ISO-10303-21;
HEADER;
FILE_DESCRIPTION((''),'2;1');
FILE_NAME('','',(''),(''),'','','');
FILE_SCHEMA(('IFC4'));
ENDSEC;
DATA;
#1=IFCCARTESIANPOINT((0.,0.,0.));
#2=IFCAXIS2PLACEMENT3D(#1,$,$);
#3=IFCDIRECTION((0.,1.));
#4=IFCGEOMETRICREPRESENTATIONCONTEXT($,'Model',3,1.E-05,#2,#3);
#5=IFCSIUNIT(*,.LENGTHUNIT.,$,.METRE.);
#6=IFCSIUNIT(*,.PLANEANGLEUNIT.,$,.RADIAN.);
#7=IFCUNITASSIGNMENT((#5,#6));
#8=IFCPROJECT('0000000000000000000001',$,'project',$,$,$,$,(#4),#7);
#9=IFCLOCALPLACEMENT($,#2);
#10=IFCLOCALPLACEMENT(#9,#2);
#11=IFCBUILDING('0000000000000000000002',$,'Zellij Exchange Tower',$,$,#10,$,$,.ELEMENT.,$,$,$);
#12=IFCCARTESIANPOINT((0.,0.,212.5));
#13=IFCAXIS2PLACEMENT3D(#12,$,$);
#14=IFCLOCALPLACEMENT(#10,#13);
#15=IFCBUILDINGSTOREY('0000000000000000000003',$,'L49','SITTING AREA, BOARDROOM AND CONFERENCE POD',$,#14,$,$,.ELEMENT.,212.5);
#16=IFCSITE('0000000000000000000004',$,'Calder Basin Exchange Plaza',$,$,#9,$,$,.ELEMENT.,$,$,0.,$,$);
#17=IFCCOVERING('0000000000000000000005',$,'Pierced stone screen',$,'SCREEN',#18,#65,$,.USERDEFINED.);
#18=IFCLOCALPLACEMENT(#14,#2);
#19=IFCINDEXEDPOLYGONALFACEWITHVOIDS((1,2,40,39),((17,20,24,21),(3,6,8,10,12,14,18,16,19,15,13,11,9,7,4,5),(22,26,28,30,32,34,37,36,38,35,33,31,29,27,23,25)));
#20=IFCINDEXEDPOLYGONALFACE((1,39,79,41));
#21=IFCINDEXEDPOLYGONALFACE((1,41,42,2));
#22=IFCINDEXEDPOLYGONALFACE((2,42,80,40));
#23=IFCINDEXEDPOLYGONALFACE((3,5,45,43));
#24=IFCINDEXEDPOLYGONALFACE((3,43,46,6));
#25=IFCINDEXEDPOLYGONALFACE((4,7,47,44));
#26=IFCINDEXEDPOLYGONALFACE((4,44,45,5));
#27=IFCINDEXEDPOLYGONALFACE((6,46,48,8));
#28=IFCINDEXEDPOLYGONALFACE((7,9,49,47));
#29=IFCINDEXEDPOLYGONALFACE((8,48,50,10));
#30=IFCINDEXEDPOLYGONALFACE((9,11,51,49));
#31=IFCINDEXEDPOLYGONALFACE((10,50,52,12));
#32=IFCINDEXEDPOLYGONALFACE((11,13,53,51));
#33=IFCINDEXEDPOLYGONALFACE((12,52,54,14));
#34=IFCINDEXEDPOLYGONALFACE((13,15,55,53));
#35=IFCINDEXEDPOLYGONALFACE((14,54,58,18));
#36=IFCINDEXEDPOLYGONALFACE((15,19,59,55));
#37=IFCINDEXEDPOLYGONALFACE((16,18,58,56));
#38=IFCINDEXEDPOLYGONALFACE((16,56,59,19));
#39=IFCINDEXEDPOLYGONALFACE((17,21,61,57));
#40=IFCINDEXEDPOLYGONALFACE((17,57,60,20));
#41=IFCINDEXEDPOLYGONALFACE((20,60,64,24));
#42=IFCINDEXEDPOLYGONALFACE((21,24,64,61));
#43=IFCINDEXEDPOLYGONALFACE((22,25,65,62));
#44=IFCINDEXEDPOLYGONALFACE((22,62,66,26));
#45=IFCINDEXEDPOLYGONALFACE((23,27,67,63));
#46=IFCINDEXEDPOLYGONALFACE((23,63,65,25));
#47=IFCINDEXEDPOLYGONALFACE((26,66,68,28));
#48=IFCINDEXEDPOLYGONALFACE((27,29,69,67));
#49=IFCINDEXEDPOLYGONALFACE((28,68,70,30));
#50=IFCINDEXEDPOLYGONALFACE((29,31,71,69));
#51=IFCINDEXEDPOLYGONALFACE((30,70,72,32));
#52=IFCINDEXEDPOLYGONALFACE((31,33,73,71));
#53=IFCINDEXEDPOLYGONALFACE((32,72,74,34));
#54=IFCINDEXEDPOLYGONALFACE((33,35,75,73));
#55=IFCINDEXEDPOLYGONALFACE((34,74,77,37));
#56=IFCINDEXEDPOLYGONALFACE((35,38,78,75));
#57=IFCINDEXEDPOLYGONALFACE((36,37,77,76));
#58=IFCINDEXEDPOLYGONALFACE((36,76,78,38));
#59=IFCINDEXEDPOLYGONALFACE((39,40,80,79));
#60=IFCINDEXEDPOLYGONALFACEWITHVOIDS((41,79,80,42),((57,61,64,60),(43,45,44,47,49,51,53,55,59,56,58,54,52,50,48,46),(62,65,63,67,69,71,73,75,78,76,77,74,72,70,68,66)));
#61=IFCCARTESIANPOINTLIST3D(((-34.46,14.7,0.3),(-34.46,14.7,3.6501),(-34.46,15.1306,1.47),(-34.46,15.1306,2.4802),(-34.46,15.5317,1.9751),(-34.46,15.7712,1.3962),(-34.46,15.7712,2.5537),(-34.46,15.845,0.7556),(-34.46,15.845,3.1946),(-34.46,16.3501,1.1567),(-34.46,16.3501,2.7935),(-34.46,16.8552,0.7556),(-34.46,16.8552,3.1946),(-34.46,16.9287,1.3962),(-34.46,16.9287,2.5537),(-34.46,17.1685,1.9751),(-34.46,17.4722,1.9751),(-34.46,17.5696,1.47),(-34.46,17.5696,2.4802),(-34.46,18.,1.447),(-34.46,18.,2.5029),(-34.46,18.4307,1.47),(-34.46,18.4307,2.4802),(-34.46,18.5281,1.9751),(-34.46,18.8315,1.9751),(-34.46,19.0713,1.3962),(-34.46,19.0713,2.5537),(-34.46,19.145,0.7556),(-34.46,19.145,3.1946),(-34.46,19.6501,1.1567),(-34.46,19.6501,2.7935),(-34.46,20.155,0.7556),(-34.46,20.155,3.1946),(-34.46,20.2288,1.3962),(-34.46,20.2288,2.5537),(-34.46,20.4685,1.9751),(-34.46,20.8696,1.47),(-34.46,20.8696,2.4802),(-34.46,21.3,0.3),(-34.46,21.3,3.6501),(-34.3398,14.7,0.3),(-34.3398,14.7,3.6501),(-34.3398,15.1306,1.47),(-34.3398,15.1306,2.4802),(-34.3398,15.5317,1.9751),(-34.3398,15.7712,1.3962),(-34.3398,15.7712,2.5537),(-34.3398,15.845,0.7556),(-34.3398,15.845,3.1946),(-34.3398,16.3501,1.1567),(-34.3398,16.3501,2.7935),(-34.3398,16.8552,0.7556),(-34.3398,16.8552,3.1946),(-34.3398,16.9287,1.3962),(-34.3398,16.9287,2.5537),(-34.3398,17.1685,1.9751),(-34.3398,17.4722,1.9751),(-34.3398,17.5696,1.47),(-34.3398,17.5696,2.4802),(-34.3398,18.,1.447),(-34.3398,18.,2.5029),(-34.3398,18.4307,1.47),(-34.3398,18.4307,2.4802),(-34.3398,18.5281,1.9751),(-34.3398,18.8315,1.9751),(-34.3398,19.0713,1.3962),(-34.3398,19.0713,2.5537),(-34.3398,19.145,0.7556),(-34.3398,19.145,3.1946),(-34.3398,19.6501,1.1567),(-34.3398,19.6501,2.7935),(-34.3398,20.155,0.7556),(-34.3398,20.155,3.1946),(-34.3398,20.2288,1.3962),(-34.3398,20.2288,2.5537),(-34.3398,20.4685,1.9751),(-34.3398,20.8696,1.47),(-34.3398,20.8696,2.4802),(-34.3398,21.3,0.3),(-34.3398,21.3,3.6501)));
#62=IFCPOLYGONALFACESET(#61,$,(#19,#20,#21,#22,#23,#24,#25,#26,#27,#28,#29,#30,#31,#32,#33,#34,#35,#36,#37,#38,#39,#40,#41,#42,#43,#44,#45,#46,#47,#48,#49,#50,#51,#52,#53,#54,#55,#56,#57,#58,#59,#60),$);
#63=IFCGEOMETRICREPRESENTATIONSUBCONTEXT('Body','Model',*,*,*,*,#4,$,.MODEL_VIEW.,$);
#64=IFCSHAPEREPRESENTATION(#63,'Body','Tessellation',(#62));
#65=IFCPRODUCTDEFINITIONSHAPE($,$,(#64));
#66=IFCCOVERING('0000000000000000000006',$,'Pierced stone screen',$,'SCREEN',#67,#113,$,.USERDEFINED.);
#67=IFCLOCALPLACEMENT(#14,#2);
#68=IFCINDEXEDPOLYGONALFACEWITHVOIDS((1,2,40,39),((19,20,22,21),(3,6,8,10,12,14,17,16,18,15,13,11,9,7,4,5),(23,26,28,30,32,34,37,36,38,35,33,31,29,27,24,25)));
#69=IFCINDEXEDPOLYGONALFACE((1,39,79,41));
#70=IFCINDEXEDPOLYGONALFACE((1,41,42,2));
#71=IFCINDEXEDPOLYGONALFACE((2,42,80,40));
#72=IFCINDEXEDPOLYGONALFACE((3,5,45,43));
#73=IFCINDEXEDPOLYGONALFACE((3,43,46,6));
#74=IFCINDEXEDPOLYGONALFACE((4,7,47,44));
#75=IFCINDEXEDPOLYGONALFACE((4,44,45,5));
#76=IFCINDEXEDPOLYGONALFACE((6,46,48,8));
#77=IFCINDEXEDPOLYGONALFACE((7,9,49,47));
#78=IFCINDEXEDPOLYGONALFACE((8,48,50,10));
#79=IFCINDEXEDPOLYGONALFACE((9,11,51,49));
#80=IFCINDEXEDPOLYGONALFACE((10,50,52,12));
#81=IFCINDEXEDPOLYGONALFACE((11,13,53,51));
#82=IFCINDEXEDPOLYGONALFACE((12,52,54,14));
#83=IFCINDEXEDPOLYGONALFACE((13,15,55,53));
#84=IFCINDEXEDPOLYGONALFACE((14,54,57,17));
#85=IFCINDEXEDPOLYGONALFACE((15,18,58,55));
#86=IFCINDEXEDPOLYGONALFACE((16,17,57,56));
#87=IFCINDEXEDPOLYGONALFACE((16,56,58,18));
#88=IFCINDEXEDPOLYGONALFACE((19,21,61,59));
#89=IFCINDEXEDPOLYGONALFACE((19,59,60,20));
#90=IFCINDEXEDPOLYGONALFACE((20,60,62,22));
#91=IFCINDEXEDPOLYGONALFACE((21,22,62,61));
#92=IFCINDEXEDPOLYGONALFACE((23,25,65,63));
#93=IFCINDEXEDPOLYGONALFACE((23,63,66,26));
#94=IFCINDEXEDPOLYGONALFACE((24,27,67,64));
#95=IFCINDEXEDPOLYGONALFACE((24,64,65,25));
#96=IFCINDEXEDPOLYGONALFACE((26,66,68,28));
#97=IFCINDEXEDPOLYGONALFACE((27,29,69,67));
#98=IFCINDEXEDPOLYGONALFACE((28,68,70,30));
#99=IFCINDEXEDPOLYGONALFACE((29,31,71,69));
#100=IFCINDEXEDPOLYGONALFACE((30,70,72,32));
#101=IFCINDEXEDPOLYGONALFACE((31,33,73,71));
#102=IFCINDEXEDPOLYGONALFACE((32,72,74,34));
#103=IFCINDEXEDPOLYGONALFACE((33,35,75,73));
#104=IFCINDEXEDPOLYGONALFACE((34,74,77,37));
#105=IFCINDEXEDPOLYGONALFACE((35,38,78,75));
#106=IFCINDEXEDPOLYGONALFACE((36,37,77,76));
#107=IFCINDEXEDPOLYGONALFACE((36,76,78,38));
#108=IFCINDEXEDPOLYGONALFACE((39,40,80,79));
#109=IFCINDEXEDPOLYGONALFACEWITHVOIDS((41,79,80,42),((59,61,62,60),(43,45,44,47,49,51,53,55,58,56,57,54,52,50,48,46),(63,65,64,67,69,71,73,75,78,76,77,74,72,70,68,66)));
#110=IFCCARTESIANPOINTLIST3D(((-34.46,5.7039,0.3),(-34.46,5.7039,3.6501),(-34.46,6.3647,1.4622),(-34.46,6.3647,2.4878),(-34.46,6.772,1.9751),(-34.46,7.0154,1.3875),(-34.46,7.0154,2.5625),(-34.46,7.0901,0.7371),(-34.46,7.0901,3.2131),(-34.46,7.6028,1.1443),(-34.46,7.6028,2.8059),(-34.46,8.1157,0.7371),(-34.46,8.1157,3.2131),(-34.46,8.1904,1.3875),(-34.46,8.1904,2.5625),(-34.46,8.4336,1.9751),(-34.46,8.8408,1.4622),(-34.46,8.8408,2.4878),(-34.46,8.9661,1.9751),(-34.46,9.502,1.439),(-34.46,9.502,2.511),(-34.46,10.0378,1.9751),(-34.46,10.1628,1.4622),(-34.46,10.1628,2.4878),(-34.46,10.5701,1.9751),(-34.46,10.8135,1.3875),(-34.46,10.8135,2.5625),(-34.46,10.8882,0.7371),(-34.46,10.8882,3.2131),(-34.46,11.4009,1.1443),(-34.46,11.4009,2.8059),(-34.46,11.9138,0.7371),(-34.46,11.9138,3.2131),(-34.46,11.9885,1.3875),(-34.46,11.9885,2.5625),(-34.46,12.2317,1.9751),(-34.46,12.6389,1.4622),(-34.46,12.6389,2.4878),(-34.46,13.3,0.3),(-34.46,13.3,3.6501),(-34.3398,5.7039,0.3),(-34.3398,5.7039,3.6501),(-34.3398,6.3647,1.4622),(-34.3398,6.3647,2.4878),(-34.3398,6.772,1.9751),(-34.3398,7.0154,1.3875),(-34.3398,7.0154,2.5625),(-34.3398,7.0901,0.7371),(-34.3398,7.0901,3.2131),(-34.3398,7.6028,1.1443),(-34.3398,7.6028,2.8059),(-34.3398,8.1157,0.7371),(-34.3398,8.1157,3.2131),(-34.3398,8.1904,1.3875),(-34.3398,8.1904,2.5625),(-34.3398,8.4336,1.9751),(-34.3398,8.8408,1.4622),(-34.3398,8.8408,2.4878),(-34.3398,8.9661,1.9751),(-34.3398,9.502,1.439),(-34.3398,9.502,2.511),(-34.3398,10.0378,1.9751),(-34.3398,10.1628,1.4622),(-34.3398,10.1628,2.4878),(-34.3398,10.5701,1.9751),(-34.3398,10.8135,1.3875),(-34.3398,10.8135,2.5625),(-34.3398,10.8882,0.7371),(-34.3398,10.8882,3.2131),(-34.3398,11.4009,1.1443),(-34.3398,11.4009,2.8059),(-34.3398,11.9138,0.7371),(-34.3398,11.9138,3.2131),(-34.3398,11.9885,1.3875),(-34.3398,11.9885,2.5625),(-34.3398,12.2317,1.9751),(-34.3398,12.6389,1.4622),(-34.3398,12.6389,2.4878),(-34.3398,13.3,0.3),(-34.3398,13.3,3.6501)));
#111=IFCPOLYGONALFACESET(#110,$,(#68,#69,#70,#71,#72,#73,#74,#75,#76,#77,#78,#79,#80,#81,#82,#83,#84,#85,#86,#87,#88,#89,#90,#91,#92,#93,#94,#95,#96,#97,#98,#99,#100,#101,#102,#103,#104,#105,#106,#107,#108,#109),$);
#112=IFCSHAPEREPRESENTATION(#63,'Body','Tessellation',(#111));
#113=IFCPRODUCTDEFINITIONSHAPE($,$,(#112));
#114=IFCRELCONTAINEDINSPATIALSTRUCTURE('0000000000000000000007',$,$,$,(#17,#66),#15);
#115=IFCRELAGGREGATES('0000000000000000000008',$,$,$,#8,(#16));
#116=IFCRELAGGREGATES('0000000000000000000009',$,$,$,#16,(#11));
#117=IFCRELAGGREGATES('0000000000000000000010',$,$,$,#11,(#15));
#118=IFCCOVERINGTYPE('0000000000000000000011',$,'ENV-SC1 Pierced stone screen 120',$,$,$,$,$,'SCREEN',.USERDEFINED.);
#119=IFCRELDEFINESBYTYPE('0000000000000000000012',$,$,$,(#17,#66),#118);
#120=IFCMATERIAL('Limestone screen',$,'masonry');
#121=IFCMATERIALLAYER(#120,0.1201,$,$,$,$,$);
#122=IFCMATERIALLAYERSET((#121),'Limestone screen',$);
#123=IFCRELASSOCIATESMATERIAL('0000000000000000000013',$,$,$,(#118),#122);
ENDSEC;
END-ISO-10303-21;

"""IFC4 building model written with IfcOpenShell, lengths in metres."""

from ifc_helpers import new_model, si_unit, direction, frame, origin, place, context, subcontext, project, spatial, polyline, outline, extrude, material, layer, layer_set, type_object, element, save


model = new_model("IFC4")

# Units and contexts
model_context = context("Model", 3, precision=1e-05, world=origin(), true_north=direction((0.0, 1.0)))
body_context = subcontext(model_context, "Body", "Model", "MODEL_VIEW")
ifc_project = project(units=[si_unit("LENGTHUNIT", "METRE"), si_unit("PLANEANGLEUNIT", "RADIAN")], contexts=[model_context])

# Site, building, storey
site_placement = place(None, origin())
site = spatial("IfcSite", under=ifc_project, at=site_placement, Name="Calder Basin Exchange Plaza", CompositionType="ELEMENT", RefElevation=0.0)
building_placement = place(site_placement, origin())
building = spatial("IfcBuilding", under=site, at=building_placement, Name="Zellij Exchange Tower", CompositionType="ELEMENT")
storey_placement = place(building_placement, frame((0.0, 0.0, 212.5)))
storey = spatial("IfcBuildingStorey", under=building, at=storey_placement, Name="L49", Description="SITTING AREA, BOARDROOM AND CONFERENCE POD", CompositionType="ELEMENT", Elevation=212.5)

# Coverings
ifc_material_1 = material(Name="Limestone screen", Category="masonry")
ifc_layer_1 = layer(ifc_material_1, 0.1201)
ifc_layer_set_1 = layer_set([ifc_layer_1], Name="Limestone screen")
covering_type_1 = type_object("IfcCoveringType", Name="ENV-SC1 Pierced stone screen 120", ElementType="SCREEN", PredefinedType="USERDEFINED", material=ifc_layer_set_1)
covering_1_placement = place(storey_placement, frame((-34.3999, 21.3, 0.3), z_axis=(0.0, 0.0, 1.0), x_axis=(0.0, -1.0, 0.0)))
element("IfcCovering", 1, at=covering_1_placement, inside=storey, type_object=covering_type_1, Name="Pierced stone screen", ObjectType="SCREEN", PredefinedType="USERDEFINED", context=body_context, shape_type="SweptSolid", body=[
    extrude(outline(polyline([(0.0, 0.0), (6.6001, 0.0), (6.6001, 3.3501), (0.0, 3.3501), (0.0, 0.0)]), holes=[polyline([(2.8694, 2.1802), (2.2288, 2.2537), (2.155, 2.8945), (1.6499, 2.4934), (1.145, 2.8945), (1.0713, 2.2537), (0.4304, 2.1802), (0.8315, 1.675), (0.4304, 1.1699), (1.0713, 1.0962), (1.145, 0.4556), (1.6499, 0.8567), (2.155, 0.4556), (2.2288, 1.0962), (2.8694, 1.1699), (2.4685, 1.675), (2.8694, 2.1802)]), polyline([(6.1694, 2.1802), (5.5288, 2.2537), (5.4551, 2.8945), (4.95, 2.4934), (4.4448, 2.8945), (4.3713, 2.2537), (3.7305, 2.1802), (4.1316, 1.675), (3.7305, 1.1699), (4.3713, 1.0962), (4.4448, 0.4556), (4.95, 0.8567), (5.4551, 0.4556), (5.5288, 1.0962), (6.1694, 1.1699), (5.7683, 1.675), (6.1694, 2.1802)]), polyline([(3.8279, 1.675), (3.3, 2.2029), (2.772, 1.675), (3.3, 1.147), (3.8279, 1.675)])]), frame((0.0, 0.0601, 0.0), z_axis=(0.0, -1.0, 0.0), x_axis=(1.0, 0.0, 0.0)), (0.0, 0.0, 1.0), 0.1201),
])
covering_2_placement = place(storey_placement, frame((-34.3999, 13.3, 0.3), z_axis=(0.0, 0.0, 1.0), x_axis=(0.0, -1.0, 0.0)))
element("IfcCovering", 2, at=covering_2_placement, inside=storey, type_object=covering_type_1, Name="Pierced stone screen", ObjectType="SCREEN", PredefinedType="USERDEFINED", context=body_context, shape_type="SweptSolid", body=[
    extrude(outline(polyline([(0.0, 0.0), (7.5962, 0.0), (7.5962, 3.3501), (0.0, 3.3501), (0.0, 0.0)]), holes=[polyline([(3.1372, 2.1877), (2.4866, 2.2625), (2.4119, 2.9131), (1.8992, 2.5059), (1.3862, 2.9131), (1.3115, 2.2625), (0.6611, 2.1877), (1.0684, 1.675), (0.6611, 1.1621), (1.3115, 1.0874), (1.3862, 0.437), (1.8992, 0.8442), (2.4119, 0.437), (2.4866, 1.0874), (3.1372, 1.1621), (2.73, 1.675), (3.1372, 2.1877)]), polyline([(6.9353, 2.1877), (6.2847, 2.2625), (6.21, 2.9131), (5.6973, 2.5059), (5.1843, 2.9131), (5.1096, 2.2625), (4.4592, 2.1877), (4.8665, 1.675), (4.4592, 1.1621), (5.1096, 1.0874), (5.1843, 0.437), (5.6973, 0.8442), (6.21, 0.437), (6.2847, 1.0874), (6.9353, 1.1621), (6.5281, 1.675), (6.9353, 2.1877)]), polyline([(4.334, 1.675), (3.7981, 2.2109), (3.2622, 1.675), (3.7981, 1.1389), (4.334, 1.675)])]), frame((0.0, 0.0601, 0.0), z_axis=(0.0, -1.0, 0.0), x_axis=(1.0, 0.0, 0.0)), (0.0, 0.0, 1.0), 0.1201),
])

save(model, "model.ifc")
